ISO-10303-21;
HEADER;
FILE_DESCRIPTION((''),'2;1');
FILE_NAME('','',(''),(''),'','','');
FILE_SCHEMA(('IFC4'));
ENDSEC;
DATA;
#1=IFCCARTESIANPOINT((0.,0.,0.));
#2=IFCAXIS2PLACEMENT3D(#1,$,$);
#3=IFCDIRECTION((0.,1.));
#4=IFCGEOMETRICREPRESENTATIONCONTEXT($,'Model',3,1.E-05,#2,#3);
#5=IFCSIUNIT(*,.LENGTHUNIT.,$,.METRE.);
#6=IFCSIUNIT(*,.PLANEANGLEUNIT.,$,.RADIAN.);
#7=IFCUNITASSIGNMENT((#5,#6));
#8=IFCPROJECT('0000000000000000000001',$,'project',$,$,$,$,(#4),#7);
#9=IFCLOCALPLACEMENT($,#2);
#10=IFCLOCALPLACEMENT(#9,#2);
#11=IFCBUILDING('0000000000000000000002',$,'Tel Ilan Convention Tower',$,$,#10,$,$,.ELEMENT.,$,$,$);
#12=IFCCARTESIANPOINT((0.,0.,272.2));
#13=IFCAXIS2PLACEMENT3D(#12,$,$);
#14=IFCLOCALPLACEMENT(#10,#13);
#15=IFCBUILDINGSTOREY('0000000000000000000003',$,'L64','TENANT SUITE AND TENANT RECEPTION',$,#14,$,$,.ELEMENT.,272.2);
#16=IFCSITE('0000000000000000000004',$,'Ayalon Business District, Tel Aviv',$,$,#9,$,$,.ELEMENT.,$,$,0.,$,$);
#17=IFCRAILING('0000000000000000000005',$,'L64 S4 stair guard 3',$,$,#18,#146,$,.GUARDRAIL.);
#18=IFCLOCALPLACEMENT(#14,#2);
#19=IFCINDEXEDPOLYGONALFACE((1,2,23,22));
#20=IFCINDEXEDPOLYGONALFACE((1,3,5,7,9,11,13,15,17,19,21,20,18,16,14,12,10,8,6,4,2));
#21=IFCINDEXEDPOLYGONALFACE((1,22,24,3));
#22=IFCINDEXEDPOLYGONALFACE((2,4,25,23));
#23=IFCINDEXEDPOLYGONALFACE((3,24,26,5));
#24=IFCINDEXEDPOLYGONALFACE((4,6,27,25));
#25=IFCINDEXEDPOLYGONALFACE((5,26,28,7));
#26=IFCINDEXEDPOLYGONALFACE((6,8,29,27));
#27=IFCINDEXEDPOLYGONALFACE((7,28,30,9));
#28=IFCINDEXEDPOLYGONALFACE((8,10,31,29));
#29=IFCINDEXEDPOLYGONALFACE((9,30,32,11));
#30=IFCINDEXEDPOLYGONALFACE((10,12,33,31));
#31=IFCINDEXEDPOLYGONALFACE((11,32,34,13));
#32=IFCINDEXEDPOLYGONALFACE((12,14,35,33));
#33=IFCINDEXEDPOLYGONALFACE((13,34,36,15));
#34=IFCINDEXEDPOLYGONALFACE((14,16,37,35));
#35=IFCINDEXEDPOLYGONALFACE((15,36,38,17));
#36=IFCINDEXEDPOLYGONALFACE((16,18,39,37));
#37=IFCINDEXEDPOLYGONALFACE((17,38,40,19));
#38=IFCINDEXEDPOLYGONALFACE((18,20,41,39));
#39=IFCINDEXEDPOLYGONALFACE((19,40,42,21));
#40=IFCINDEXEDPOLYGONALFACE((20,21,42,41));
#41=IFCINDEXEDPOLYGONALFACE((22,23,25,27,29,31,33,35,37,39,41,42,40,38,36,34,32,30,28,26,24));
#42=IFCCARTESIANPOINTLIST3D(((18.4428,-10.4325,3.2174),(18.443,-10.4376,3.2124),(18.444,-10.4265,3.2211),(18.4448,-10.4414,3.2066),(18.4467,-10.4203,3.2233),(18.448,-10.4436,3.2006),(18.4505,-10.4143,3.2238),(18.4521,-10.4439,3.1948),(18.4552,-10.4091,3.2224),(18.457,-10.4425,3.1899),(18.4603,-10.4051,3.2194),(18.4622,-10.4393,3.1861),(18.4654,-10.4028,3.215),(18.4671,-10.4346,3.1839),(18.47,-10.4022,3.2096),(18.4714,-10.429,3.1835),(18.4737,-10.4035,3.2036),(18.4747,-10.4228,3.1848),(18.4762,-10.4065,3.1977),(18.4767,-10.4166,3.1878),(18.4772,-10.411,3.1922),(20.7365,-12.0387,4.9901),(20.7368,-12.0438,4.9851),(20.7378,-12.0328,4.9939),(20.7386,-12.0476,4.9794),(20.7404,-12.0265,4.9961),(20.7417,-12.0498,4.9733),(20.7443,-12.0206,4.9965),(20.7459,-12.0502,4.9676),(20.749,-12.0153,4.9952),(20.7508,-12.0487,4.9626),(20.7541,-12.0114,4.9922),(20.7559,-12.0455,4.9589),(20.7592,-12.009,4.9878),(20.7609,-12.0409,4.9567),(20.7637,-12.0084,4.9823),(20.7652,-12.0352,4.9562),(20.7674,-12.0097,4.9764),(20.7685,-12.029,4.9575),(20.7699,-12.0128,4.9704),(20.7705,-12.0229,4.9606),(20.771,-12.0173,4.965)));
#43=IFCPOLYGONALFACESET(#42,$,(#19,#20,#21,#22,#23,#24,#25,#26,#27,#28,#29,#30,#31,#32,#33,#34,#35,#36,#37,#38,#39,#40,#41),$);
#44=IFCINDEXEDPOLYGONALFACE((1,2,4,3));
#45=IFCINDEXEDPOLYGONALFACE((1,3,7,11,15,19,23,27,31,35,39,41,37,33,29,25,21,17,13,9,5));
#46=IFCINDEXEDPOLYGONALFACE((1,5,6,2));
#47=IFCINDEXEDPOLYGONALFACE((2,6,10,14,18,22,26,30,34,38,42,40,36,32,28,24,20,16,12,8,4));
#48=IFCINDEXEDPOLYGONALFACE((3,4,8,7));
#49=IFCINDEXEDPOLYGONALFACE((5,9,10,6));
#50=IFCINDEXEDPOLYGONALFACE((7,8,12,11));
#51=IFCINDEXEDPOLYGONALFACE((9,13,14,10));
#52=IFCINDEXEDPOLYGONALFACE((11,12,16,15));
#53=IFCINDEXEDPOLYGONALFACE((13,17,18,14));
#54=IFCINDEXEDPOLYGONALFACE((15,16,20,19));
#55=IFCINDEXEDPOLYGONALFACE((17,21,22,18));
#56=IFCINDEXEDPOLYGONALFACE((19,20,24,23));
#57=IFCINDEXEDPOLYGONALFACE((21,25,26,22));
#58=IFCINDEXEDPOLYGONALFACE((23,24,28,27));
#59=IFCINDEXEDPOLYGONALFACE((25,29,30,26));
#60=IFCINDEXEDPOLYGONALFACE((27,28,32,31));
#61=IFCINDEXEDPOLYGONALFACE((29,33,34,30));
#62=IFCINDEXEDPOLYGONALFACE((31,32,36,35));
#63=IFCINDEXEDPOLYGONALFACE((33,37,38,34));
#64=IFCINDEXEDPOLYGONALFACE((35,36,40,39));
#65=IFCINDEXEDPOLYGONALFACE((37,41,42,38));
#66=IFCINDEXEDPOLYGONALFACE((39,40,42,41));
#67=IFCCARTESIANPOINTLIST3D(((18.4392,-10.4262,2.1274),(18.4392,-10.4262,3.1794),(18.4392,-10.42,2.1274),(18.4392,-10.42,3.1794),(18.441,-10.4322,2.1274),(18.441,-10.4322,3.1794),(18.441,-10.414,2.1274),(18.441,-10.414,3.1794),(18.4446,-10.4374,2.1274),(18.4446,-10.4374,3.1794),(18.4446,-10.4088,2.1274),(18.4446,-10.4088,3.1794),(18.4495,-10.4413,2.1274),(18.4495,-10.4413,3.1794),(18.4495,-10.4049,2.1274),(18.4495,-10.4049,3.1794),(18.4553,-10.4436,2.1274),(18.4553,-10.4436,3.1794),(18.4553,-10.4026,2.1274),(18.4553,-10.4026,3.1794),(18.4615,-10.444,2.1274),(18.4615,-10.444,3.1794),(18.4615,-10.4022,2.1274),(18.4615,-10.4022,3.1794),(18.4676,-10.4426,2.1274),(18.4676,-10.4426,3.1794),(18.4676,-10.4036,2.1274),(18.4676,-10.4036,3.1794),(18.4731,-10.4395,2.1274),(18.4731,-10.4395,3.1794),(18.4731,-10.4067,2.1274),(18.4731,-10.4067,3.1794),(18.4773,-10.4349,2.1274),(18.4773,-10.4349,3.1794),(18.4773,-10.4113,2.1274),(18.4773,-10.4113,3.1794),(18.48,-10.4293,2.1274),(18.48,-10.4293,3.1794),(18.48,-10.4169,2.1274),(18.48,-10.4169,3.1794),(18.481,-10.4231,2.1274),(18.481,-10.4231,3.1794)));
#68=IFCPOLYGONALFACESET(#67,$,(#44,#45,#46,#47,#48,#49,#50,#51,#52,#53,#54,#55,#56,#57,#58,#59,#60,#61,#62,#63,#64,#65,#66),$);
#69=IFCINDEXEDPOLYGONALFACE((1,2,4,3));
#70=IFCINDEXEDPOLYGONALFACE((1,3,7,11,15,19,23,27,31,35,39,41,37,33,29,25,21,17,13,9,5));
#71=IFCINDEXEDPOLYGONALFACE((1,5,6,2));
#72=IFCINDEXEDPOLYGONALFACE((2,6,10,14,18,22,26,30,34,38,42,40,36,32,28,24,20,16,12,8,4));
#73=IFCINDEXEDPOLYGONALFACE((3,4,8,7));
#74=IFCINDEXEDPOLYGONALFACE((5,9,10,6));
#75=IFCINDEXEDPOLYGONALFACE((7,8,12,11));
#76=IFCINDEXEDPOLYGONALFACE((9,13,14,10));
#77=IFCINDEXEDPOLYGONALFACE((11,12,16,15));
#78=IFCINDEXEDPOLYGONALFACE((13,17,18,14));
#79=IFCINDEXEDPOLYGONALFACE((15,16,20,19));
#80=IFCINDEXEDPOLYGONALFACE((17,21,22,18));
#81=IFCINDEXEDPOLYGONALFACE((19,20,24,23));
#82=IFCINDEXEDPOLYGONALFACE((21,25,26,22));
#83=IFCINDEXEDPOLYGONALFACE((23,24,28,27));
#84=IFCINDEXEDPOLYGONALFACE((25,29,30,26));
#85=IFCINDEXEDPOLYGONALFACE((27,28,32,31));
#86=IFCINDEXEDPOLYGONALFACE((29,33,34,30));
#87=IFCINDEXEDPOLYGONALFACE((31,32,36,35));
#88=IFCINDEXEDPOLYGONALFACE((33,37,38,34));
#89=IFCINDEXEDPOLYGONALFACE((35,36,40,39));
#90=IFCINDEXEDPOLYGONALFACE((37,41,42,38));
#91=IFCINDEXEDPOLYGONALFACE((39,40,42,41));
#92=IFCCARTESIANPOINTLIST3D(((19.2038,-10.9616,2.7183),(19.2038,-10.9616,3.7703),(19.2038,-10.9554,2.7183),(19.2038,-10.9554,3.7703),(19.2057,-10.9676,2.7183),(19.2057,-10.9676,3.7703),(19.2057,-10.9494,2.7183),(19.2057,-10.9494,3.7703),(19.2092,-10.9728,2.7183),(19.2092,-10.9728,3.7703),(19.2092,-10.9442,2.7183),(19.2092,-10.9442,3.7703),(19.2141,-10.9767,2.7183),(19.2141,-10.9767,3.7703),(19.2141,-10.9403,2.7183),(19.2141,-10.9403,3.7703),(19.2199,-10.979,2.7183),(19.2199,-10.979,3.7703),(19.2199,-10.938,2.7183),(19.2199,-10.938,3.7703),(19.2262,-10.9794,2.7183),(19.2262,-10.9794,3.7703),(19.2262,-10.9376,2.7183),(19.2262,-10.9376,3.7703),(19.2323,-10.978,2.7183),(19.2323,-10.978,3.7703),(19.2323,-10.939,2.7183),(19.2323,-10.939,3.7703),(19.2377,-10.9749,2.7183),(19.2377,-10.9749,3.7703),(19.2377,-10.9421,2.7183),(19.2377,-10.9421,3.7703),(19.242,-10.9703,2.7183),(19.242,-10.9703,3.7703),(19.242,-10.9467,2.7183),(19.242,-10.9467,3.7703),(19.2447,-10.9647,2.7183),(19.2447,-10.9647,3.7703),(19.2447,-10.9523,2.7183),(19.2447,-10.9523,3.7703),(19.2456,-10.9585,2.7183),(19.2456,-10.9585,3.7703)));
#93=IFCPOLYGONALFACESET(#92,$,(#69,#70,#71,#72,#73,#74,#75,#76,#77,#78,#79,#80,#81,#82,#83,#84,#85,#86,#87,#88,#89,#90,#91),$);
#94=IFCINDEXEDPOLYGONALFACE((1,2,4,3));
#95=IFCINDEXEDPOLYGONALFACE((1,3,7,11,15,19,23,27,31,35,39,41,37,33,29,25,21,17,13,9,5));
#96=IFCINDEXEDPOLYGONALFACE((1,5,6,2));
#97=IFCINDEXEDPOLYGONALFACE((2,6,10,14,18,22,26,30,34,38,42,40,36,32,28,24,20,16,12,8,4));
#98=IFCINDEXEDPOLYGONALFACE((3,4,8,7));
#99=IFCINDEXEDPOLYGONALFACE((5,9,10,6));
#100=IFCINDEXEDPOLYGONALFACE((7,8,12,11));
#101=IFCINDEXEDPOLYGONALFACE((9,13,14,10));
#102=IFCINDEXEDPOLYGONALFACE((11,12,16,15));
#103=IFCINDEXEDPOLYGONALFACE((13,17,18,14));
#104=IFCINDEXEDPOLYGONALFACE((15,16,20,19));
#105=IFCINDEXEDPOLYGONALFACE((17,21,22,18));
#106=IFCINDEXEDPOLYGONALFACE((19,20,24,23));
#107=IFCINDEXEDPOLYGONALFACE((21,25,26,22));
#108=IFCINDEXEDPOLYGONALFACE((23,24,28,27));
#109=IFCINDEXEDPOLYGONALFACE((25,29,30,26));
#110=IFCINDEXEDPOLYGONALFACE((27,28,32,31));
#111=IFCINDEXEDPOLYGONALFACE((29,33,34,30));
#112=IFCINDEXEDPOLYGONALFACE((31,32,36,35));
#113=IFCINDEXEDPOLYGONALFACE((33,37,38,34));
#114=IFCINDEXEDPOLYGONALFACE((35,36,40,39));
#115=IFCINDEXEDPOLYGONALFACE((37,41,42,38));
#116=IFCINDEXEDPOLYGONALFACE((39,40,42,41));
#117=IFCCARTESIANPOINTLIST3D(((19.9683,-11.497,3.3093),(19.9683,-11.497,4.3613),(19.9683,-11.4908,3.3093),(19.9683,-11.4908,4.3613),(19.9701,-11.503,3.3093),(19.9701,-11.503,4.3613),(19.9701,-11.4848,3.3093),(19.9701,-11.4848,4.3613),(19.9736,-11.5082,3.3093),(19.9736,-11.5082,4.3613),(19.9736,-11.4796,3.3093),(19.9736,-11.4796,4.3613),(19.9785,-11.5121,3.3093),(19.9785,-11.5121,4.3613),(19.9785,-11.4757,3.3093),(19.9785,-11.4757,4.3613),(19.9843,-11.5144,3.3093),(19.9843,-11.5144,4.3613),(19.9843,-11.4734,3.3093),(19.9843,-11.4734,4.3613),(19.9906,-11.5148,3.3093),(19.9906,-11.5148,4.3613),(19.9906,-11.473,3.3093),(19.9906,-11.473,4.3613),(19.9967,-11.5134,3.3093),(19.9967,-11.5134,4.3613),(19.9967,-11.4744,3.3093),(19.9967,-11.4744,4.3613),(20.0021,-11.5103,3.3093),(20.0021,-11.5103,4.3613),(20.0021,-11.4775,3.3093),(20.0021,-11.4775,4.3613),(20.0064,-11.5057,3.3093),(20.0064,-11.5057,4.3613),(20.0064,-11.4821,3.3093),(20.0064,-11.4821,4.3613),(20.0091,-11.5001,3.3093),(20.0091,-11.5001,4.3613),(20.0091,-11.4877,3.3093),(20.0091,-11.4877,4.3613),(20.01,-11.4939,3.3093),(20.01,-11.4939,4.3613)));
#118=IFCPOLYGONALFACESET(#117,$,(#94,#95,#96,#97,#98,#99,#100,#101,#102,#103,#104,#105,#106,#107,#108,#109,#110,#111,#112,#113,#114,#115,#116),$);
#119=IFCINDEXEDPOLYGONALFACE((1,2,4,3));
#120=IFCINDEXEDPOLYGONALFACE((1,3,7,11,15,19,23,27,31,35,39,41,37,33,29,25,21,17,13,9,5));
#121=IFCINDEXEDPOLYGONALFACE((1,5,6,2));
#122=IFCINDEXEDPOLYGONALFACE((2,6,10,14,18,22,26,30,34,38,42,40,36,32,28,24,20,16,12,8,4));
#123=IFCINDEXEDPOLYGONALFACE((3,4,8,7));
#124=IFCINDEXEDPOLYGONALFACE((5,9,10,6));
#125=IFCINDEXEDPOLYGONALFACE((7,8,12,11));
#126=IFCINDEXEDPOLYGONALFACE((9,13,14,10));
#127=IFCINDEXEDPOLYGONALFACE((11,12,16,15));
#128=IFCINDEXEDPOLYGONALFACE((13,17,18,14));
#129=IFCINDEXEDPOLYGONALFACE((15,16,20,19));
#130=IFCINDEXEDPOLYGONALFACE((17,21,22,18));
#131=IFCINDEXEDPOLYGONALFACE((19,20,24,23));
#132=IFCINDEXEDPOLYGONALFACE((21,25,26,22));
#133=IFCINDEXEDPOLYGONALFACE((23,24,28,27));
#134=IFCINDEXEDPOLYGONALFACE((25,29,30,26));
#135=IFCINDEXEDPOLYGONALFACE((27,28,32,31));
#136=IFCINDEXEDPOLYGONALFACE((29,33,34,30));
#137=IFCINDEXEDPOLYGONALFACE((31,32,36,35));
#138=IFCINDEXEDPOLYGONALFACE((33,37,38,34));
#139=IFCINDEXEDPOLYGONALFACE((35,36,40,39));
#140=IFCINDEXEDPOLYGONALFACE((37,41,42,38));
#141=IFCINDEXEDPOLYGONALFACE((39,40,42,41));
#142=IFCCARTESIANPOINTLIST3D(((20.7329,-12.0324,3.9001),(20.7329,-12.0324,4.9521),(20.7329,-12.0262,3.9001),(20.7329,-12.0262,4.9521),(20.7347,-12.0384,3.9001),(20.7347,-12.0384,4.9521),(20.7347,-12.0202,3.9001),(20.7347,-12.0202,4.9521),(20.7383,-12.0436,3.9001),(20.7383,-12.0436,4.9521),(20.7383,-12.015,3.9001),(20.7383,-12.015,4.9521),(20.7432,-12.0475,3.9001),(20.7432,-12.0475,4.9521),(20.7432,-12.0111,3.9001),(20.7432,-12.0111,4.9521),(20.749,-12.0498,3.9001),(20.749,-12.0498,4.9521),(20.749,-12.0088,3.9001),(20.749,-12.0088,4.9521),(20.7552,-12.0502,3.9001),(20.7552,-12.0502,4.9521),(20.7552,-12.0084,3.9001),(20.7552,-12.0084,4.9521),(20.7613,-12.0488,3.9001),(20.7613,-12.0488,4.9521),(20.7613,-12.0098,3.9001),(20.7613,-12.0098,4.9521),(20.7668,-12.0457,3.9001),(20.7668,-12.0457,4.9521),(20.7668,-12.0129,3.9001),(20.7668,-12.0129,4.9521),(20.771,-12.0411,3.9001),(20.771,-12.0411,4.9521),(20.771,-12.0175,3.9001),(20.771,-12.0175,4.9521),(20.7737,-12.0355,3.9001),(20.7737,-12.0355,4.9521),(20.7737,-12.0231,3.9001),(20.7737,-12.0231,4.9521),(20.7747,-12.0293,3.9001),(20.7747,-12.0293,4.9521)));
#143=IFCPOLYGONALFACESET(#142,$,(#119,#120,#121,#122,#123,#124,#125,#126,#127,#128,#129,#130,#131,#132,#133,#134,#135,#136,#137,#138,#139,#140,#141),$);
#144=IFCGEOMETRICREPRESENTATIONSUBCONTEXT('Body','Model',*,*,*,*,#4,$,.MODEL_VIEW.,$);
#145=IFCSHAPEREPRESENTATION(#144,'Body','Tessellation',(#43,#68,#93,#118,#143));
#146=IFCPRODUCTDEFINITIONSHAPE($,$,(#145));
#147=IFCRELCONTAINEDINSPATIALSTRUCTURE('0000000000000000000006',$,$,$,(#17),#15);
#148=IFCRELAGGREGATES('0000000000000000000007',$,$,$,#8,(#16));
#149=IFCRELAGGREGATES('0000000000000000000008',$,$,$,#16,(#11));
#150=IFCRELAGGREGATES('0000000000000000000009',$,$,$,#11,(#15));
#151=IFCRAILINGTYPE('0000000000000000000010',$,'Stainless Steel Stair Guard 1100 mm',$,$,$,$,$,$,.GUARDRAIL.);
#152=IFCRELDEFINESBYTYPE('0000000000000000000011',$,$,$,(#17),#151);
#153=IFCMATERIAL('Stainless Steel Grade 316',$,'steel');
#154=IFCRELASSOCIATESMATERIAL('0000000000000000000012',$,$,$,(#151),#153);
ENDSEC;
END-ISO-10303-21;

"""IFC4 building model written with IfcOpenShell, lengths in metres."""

from ifc_helpers import new_model, si_unit, direction, frame, origin, origin_2d, place, context, subcontext, project, spatial, circle, extrude, material, type_object, element, save


model = new_model("IFC4")

# Units and contexts
model_context = context("Model", 3, precision=1e-05, world=origin(), true_north=direction((0.0, 1.0)))
body_context = subcontext(model_context, "Body", "Model", "MODEL_VIEW")
ifc_project = project(units=[si_unit("LENGTHUNIT", "METRE"), si_unit("PLANEANGLEUNIT", "RADIAN")], contexts=[model_context])

# Site, building, storey
site_placement = place(None, origin())
site = spatial("IfcSite", under=ifc_project, at=site_placement, Name="Ayalon Business District, Tel Aviv", CompositionType="ELEMENT", RefElevation=0.0)
building_placement = place(site_placement, origin())
building = spatial("IfcBuilding", under=site, at=building_placement, Name="Tel Ilan Convention Tower", CompositionType="ELEMENT")
storey_placement = place(building_placement, frame((0.0, 0.0, 272.2)))
storey = spatial("IfcBuildingStorey", under=building, at=storey_placement, Name="L64", Description="TENANT SUITE AND TENANT RECEPTION", CompositionType="ELEMENT", Elevation=272.2)

# Railing
ifc_material_1 = material(Name="Stainless Steel Grade 316", Category="steel")
railing_type_1 = type_object("IfcRailingType", Name="Stainless Steel Stair Guard 1100 mm", PredefinedType="GUARDRAIL", material=ifc_material_1)
railing_1_placement = place(storey_placement, frame((18.46, -10.4231, 2.1274)))
element("IfcRailing", 1, at=railing_1_placement, inside=storey, type_object=railing_type_1, Name="L64 S4 stair guard 3", PredefinedType="GUARDRAIL", context=body_context, shape_type="SweptSolid", body=[
    extrude(circle(Radius=0.0239, at=origin_2d()), frame((0.0, 0.0, 1.0762), z_axis=(0.692098, -0.484653, 0.534894), x_axis=(0.573609, 0.81913, 0.0)), (0.0, 0.0, 1.0), 3.3142),
    extrude(circle(Radius=0.021, at=origin_2d()), origin(), (0.0, 0.0, 1.0), 1.052),
    extrude(circle(Radius=0.021, at=origin_2d()), frame((0.7646, -0.5354, 0.5908)), (0.0, 0.0, 1.0), 1.052),
    extrude(circle(Radius=0.021, at=origin_2d()), frame((1.5291, -1.0708, 1.1819)), (0.0, 0.0, 1.0), 1.052),
    extrude(circle(Radius=0.021, at=origin_2d()), frame((2.2937, -1.6062, 1.7727)), (0.0, 0.0, 1.0), 1.052),
])

save(model, "model.ifc")
